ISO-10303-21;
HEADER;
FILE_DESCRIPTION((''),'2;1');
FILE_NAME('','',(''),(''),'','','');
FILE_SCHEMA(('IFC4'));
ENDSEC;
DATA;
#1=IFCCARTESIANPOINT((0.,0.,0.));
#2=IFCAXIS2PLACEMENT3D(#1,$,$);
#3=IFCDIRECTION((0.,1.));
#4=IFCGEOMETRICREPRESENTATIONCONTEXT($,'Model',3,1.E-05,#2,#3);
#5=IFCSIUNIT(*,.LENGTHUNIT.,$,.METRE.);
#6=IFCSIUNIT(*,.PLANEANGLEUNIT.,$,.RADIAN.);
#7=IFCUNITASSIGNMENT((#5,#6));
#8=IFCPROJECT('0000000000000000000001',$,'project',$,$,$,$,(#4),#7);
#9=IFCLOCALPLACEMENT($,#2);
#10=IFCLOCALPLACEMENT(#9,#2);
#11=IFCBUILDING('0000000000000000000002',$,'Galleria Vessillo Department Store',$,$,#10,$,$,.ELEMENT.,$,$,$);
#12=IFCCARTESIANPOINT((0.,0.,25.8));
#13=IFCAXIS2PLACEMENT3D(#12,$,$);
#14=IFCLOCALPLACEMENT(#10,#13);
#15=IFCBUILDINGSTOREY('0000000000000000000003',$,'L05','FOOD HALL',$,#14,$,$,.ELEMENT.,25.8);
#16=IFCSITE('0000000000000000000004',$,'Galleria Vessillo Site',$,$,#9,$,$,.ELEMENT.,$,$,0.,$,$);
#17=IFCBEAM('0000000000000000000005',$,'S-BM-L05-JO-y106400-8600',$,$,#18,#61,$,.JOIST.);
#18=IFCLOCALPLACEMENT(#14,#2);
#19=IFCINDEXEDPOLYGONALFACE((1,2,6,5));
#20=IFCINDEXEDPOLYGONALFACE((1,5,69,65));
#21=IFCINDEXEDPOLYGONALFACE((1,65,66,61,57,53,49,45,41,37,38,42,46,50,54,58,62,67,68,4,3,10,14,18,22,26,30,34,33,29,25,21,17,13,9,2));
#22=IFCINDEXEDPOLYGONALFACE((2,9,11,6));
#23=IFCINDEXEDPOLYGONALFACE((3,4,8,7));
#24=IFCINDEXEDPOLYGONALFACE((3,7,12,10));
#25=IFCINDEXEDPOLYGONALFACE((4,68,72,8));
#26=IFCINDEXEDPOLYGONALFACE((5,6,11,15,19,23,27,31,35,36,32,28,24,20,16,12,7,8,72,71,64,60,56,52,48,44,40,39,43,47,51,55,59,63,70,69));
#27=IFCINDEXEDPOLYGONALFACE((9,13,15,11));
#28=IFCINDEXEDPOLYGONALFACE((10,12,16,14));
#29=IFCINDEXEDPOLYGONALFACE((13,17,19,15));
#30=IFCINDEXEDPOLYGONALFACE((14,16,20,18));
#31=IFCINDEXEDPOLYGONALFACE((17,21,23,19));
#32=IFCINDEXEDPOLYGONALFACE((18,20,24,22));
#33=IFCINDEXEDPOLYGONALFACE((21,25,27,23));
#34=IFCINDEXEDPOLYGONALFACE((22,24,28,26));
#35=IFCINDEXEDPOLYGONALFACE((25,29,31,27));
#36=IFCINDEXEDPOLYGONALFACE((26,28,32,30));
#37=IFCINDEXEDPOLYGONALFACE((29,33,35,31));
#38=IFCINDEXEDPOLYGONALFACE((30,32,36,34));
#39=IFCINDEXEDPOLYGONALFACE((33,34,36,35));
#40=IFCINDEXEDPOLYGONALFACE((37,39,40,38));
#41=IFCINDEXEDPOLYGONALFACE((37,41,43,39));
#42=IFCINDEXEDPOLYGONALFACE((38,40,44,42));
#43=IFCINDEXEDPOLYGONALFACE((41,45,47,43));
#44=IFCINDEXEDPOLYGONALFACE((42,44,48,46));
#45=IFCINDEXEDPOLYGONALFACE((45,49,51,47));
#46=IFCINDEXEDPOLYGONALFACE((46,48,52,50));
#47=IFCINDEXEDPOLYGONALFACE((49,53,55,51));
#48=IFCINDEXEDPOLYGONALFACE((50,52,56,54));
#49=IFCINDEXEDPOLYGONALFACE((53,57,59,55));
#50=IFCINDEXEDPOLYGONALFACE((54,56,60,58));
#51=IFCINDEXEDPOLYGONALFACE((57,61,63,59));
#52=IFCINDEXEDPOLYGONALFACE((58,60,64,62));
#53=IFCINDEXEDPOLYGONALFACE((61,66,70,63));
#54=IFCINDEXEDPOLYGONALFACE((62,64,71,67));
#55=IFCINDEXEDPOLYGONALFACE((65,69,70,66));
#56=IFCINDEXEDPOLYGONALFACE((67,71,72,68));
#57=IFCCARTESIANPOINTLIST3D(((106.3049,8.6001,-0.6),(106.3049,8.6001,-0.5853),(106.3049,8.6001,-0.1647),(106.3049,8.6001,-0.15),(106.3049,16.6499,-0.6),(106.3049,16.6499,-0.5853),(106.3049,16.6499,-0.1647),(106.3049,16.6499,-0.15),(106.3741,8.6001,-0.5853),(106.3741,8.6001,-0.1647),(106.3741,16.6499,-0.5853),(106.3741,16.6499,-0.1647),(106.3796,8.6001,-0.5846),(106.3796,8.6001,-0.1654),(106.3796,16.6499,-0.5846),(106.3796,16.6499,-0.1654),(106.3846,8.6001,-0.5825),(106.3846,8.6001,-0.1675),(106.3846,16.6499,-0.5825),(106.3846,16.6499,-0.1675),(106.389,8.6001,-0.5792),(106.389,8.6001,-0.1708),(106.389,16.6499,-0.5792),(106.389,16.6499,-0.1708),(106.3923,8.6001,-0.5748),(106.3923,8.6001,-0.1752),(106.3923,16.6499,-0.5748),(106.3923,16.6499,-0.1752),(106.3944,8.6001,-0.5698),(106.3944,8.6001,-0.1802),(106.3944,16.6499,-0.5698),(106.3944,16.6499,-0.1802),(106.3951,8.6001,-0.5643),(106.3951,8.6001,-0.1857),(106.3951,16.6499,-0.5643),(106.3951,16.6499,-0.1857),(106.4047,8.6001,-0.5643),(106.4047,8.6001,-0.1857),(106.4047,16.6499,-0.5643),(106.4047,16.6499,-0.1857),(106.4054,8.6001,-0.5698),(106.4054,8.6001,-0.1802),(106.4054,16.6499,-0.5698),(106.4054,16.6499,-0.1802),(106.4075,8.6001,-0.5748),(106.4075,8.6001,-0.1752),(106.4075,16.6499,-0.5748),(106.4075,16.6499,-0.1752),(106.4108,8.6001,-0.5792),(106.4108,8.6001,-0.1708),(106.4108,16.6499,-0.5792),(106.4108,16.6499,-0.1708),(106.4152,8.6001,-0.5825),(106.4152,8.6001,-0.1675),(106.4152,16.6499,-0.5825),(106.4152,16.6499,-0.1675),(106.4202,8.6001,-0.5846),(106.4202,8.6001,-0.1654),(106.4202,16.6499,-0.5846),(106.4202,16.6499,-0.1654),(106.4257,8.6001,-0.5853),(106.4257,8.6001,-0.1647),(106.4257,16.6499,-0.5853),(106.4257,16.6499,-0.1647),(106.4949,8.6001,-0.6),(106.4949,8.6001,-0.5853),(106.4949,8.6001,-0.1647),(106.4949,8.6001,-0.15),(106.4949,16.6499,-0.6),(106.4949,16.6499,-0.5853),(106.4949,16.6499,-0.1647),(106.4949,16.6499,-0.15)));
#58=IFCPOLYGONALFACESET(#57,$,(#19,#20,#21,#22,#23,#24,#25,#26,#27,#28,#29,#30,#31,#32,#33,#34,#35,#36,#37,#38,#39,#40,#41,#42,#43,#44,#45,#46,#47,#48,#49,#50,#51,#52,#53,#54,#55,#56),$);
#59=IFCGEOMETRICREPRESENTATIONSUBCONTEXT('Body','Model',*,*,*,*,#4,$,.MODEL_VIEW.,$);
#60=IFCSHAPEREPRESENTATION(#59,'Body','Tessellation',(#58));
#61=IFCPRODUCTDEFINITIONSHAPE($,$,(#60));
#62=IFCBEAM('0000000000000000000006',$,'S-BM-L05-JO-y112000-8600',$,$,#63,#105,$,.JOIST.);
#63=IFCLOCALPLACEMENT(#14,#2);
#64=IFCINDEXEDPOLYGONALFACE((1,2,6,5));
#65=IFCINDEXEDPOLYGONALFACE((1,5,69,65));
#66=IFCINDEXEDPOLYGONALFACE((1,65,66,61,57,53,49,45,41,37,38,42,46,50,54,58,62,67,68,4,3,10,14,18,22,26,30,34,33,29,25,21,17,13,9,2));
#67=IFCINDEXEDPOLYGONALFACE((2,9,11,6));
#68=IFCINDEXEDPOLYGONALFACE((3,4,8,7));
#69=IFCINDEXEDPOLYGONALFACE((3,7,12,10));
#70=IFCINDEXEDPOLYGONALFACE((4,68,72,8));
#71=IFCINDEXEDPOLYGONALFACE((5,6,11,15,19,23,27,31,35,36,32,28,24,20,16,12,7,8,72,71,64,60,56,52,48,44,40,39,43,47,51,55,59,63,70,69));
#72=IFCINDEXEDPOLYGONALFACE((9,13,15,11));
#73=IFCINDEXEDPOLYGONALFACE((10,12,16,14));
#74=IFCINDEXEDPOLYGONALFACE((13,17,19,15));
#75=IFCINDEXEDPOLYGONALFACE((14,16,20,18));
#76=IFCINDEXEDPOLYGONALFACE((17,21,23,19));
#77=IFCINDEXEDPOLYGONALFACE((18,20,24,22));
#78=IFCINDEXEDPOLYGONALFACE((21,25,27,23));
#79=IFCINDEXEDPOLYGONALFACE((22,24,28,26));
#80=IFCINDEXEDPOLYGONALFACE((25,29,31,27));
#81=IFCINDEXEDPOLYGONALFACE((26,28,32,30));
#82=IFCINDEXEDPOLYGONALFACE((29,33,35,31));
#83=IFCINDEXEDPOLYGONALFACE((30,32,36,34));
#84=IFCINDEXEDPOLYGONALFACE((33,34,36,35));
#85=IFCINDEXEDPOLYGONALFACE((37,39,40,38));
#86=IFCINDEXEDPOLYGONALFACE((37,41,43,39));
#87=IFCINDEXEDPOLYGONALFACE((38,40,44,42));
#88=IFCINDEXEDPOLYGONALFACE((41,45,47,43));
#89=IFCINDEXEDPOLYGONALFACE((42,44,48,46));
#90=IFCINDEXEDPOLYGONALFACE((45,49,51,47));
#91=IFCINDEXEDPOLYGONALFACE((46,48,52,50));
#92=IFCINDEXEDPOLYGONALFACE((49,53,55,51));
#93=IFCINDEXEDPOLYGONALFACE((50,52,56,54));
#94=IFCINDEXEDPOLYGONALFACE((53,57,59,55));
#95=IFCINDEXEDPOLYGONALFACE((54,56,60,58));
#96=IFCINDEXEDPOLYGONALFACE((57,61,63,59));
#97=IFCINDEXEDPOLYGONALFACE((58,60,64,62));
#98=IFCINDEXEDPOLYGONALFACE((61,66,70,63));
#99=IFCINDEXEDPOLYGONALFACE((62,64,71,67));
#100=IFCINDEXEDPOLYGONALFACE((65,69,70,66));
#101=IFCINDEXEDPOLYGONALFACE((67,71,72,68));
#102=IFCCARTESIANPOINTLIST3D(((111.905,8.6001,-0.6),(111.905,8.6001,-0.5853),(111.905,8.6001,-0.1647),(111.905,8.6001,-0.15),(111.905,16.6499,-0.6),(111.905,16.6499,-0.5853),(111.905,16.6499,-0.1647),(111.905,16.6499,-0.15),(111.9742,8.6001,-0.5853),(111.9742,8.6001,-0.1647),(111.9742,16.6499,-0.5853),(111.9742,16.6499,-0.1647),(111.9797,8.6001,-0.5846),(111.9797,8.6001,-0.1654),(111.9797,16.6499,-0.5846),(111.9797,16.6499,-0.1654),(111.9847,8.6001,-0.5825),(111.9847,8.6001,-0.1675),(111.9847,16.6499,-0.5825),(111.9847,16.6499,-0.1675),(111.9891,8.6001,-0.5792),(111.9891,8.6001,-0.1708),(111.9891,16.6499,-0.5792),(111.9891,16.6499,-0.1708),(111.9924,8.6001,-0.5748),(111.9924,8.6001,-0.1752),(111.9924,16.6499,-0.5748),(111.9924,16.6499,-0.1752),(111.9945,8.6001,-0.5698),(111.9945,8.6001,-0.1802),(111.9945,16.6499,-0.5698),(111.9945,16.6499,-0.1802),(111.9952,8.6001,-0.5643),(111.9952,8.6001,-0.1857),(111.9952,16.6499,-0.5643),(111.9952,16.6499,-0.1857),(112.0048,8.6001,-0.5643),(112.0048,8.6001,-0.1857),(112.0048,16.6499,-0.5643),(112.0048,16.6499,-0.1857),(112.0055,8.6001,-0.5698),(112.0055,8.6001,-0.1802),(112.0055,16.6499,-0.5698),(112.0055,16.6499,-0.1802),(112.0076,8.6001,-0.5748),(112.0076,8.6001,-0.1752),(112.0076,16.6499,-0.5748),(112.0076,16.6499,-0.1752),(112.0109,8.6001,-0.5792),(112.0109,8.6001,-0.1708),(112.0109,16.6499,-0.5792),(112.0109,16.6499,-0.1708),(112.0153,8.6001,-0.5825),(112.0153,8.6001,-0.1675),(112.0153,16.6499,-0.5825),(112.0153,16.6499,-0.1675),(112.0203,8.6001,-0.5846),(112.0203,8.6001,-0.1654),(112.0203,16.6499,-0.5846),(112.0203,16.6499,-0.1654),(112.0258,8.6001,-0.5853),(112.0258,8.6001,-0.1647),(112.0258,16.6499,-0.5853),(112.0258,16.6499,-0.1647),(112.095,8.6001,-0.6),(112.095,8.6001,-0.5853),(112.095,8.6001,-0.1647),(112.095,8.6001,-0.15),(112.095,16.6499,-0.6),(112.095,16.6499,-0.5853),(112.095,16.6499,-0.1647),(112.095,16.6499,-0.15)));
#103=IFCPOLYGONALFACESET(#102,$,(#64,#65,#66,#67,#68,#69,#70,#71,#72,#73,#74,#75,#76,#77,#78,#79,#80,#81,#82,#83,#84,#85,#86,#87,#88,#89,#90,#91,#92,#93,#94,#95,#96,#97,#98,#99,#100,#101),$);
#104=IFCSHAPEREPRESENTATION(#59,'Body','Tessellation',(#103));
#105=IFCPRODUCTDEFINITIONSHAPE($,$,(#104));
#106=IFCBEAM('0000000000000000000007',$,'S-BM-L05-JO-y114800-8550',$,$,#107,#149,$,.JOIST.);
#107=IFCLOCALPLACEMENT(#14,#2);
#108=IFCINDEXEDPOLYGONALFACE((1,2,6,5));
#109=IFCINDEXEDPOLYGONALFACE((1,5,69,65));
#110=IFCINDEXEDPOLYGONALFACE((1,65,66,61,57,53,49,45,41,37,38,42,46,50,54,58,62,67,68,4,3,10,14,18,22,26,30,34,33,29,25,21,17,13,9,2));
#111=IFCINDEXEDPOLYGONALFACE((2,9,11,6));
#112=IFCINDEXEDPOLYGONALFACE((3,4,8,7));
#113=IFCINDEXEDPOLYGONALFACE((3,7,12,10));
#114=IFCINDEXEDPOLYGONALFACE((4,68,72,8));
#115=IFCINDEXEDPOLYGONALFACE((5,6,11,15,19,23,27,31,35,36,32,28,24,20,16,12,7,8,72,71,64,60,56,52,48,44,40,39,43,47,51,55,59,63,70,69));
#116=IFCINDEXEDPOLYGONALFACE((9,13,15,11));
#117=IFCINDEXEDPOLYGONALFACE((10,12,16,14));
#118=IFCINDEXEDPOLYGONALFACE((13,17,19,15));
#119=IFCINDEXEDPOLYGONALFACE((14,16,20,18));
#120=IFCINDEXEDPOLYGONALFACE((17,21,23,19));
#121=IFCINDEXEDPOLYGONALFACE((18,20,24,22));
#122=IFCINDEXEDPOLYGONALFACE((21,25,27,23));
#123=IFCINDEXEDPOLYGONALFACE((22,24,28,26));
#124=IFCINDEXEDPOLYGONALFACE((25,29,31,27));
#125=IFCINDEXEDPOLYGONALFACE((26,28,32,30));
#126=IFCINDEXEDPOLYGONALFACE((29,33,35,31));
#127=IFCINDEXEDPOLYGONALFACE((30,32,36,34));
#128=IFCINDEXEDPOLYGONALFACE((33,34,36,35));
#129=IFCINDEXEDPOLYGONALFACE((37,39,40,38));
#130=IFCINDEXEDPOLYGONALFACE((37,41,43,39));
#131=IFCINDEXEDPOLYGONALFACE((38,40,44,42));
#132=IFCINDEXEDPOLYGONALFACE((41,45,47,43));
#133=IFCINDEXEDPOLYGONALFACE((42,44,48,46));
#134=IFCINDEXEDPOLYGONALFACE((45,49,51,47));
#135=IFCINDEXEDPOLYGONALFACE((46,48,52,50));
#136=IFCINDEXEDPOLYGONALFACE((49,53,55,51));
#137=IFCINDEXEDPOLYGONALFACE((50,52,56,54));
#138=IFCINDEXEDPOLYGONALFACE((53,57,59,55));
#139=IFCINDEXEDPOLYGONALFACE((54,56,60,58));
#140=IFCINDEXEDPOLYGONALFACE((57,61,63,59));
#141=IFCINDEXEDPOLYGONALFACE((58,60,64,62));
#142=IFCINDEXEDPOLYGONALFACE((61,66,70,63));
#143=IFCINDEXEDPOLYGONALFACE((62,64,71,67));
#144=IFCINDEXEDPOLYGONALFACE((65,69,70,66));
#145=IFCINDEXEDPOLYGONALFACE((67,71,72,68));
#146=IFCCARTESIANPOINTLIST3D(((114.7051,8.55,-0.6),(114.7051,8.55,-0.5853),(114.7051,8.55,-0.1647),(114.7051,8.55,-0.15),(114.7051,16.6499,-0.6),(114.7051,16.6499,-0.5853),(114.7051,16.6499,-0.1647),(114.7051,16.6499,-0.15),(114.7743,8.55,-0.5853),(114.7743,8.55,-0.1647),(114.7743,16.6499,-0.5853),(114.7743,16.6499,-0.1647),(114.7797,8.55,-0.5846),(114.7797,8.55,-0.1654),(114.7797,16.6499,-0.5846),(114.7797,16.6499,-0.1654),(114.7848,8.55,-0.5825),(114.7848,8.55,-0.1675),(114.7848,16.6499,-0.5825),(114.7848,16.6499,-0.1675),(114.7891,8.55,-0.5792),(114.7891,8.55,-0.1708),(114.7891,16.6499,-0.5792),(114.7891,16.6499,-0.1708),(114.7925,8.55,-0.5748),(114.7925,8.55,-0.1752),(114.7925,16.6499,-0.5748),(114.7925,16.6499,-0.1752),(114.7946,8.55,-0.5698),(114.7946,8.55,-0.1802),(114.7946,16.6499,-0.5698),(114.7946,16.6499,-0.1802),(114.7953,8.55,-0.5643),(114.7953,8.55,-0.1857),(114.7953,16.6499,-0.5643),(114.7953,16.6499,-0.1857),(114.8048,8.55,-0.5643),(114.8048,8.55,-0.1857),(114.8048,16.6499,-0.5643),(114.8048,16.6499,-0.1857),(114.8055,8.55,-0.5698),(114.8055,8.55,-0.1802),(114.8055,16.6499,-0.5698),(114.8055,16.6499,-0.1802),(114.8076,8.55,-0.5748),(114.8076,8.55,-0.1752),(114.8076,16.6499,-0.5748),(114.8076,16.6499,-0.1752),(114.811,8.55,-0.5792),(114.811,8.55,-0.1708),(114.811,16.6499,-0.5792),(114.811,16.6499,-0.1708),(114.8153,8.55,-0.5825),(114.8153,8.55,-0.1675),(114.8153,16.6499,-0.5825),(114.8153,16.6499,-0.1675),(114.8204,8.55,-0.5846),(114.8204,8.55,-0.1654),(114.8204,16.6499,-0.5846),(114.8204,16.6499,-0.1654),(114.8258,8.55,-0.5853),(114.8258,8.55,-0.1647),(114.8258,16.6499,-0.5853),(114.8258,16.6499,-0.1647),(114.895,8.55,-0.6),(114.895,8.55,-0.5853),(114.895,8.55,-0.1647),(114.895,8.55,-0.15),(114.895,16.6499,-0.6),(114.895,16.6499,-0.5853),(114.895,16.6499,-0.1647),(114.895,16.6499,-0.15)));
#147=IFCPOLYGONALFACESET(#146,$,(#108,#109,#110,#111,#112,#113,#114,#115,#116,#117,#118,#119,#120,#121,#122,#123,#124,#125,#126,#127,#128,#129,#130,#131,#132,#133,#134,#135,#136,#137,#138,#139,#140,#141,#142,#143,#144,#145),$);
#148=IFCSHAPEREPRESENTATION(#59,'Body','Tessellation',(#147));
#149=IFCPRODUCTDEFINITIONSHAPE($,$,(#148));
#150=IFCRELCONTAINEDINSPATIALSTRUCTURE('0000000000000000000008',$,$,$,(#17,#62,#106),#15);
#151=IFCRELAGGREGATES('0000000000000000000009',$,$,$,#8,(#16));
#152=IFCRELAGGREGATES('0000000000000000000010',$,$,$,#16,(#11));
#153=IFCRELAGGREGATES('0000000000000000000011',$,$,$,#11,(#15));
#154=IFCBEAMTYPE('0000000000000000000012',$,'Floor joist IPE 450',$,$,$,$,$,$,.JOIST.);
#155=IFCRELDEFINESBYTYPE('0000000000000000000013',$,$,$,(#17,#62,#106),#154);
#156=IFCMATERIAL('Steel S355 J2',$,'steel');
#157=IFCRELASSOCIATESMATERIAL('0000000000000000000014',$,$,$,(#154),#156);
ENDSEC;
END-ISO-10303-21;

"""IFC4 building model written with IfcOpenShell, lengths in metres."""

from ifc_helpers import new_model, si_unit, direction, frame, origin, origin_2d, place, context, subcontext, project, spatial, i_section, extrude, material, material_profile, profile_set, type_object, element, save


model = new_model("IFC4")

# Units and contexts
model_context = context("Model", 3, precision=1e-05, world=origin(), true_north=direction((0.0, 1.0)))
body_context = subcontext(model_context, "Body", "Model", "MODEL_VIEW")
ifc_project = project(units=[si_unit("LENGTHUNIT", "METRE"), si_unit("PLANEANGLEUNIT", "RADIAN")], contexts=[model_context])

# Site, building, storey
site_placement = place(None, origin())
site = spatial("IfcSite", under=ifc_project, at=site_placement, Name="Galleria Vessillo Site", CompositionType="ELEMENT", RefElevation=0.0)
building_placement = place(site_placement, origin())
building = spatial("IfcBuilding", under=site, at=building_placement, Name="Galleria Vessillo Department Store", CompositionType="ELEMENT")
storey_placement = place(building_placement, frame((0.0, 0.0, 25.8)))
storey = spatial("IfcBuildingStorey", under=building, at=storey_placement, Name="L05", Description="FOOD HALL", CompositionType="ELEMENT", Elevation=25.8)

# Beams
ifc_material_1 = material(Name="Steel S355 J2", Category="steel")
ifc_material_profile_1 = material_profile(ifc_material_1, i_section(OverallWidth=0.1899, OverallDepth=0.45, WebThickness=0.0095, FlangeThickness=0.0146, FilletRadius=0.021, at=origin_2d()), Name="IPE 450")
ifc_profile_set_1 = profile_set([ifc_material_profile_1], Name="Steel S355 J2")
beam_type_1 = type_object("IfcBeamType", Name="Floor joist IPE 450", PredefinedType="JOIST", material=ifc_profile_set_1)
for number, where, z_axis, x_axis, name in (
    (1, (106.3999, 8.6001, -0.375), (0.0, 1.0, 0.0), (-1.0, 0.0, 0.0), "S-BM-L05-JO-y106400-8600"),
    (2, (112.0, 8.6001, -0.375), (0.0, 1.0, 0.0), (-1.0, 0.0, 0.0), "S-BM-L05-JO-y112000-8600"),
):
    element("IfcBeam", number, at=place(storey_placement, frame(where, z_axis=z_axis, x_axis=x_axis)), inside=storey, type_object=beam_type_1, Name=name, PredefinedType="JOIST", context=body_context, shape_type="SweptSolid", body=[
        extrude(i_section(OverallWidth=0.1899, OverallDepth=0.45, WebThickness=0.0095, FlangeThickness=0.0146, FilletRadius=0.021, at=origin_2d()), origin(), (0.0, 0.0, 1.0), 8.0498),
    ])
beam_1_placement = place(storey_placement, frame((114.8, 8.55, -0.375), z_axis=(0.0, 1.0, 0.0), x_axis=(-1.0, 0.0, 0.0)))
element("IfcBeam", 3, at=beam_1_placement, inside=storey, type_object=beam_type_1, Name="S-BM-L05-JO-y114800-8550", PredefinedType="JOIST", context=body_context, shape_type="SweptSolid", body=[
    extrude(i_section(OverallWidth=0.1899, OverallDepth=0.45, WebThickness=0.0095, FlangeThickness=0.0146, FilletRadius=0.021, at=origin_2d()), origin(), (0.0, 0.0, 1.0), 8.0999),
])

save(model, "model.ifc")
